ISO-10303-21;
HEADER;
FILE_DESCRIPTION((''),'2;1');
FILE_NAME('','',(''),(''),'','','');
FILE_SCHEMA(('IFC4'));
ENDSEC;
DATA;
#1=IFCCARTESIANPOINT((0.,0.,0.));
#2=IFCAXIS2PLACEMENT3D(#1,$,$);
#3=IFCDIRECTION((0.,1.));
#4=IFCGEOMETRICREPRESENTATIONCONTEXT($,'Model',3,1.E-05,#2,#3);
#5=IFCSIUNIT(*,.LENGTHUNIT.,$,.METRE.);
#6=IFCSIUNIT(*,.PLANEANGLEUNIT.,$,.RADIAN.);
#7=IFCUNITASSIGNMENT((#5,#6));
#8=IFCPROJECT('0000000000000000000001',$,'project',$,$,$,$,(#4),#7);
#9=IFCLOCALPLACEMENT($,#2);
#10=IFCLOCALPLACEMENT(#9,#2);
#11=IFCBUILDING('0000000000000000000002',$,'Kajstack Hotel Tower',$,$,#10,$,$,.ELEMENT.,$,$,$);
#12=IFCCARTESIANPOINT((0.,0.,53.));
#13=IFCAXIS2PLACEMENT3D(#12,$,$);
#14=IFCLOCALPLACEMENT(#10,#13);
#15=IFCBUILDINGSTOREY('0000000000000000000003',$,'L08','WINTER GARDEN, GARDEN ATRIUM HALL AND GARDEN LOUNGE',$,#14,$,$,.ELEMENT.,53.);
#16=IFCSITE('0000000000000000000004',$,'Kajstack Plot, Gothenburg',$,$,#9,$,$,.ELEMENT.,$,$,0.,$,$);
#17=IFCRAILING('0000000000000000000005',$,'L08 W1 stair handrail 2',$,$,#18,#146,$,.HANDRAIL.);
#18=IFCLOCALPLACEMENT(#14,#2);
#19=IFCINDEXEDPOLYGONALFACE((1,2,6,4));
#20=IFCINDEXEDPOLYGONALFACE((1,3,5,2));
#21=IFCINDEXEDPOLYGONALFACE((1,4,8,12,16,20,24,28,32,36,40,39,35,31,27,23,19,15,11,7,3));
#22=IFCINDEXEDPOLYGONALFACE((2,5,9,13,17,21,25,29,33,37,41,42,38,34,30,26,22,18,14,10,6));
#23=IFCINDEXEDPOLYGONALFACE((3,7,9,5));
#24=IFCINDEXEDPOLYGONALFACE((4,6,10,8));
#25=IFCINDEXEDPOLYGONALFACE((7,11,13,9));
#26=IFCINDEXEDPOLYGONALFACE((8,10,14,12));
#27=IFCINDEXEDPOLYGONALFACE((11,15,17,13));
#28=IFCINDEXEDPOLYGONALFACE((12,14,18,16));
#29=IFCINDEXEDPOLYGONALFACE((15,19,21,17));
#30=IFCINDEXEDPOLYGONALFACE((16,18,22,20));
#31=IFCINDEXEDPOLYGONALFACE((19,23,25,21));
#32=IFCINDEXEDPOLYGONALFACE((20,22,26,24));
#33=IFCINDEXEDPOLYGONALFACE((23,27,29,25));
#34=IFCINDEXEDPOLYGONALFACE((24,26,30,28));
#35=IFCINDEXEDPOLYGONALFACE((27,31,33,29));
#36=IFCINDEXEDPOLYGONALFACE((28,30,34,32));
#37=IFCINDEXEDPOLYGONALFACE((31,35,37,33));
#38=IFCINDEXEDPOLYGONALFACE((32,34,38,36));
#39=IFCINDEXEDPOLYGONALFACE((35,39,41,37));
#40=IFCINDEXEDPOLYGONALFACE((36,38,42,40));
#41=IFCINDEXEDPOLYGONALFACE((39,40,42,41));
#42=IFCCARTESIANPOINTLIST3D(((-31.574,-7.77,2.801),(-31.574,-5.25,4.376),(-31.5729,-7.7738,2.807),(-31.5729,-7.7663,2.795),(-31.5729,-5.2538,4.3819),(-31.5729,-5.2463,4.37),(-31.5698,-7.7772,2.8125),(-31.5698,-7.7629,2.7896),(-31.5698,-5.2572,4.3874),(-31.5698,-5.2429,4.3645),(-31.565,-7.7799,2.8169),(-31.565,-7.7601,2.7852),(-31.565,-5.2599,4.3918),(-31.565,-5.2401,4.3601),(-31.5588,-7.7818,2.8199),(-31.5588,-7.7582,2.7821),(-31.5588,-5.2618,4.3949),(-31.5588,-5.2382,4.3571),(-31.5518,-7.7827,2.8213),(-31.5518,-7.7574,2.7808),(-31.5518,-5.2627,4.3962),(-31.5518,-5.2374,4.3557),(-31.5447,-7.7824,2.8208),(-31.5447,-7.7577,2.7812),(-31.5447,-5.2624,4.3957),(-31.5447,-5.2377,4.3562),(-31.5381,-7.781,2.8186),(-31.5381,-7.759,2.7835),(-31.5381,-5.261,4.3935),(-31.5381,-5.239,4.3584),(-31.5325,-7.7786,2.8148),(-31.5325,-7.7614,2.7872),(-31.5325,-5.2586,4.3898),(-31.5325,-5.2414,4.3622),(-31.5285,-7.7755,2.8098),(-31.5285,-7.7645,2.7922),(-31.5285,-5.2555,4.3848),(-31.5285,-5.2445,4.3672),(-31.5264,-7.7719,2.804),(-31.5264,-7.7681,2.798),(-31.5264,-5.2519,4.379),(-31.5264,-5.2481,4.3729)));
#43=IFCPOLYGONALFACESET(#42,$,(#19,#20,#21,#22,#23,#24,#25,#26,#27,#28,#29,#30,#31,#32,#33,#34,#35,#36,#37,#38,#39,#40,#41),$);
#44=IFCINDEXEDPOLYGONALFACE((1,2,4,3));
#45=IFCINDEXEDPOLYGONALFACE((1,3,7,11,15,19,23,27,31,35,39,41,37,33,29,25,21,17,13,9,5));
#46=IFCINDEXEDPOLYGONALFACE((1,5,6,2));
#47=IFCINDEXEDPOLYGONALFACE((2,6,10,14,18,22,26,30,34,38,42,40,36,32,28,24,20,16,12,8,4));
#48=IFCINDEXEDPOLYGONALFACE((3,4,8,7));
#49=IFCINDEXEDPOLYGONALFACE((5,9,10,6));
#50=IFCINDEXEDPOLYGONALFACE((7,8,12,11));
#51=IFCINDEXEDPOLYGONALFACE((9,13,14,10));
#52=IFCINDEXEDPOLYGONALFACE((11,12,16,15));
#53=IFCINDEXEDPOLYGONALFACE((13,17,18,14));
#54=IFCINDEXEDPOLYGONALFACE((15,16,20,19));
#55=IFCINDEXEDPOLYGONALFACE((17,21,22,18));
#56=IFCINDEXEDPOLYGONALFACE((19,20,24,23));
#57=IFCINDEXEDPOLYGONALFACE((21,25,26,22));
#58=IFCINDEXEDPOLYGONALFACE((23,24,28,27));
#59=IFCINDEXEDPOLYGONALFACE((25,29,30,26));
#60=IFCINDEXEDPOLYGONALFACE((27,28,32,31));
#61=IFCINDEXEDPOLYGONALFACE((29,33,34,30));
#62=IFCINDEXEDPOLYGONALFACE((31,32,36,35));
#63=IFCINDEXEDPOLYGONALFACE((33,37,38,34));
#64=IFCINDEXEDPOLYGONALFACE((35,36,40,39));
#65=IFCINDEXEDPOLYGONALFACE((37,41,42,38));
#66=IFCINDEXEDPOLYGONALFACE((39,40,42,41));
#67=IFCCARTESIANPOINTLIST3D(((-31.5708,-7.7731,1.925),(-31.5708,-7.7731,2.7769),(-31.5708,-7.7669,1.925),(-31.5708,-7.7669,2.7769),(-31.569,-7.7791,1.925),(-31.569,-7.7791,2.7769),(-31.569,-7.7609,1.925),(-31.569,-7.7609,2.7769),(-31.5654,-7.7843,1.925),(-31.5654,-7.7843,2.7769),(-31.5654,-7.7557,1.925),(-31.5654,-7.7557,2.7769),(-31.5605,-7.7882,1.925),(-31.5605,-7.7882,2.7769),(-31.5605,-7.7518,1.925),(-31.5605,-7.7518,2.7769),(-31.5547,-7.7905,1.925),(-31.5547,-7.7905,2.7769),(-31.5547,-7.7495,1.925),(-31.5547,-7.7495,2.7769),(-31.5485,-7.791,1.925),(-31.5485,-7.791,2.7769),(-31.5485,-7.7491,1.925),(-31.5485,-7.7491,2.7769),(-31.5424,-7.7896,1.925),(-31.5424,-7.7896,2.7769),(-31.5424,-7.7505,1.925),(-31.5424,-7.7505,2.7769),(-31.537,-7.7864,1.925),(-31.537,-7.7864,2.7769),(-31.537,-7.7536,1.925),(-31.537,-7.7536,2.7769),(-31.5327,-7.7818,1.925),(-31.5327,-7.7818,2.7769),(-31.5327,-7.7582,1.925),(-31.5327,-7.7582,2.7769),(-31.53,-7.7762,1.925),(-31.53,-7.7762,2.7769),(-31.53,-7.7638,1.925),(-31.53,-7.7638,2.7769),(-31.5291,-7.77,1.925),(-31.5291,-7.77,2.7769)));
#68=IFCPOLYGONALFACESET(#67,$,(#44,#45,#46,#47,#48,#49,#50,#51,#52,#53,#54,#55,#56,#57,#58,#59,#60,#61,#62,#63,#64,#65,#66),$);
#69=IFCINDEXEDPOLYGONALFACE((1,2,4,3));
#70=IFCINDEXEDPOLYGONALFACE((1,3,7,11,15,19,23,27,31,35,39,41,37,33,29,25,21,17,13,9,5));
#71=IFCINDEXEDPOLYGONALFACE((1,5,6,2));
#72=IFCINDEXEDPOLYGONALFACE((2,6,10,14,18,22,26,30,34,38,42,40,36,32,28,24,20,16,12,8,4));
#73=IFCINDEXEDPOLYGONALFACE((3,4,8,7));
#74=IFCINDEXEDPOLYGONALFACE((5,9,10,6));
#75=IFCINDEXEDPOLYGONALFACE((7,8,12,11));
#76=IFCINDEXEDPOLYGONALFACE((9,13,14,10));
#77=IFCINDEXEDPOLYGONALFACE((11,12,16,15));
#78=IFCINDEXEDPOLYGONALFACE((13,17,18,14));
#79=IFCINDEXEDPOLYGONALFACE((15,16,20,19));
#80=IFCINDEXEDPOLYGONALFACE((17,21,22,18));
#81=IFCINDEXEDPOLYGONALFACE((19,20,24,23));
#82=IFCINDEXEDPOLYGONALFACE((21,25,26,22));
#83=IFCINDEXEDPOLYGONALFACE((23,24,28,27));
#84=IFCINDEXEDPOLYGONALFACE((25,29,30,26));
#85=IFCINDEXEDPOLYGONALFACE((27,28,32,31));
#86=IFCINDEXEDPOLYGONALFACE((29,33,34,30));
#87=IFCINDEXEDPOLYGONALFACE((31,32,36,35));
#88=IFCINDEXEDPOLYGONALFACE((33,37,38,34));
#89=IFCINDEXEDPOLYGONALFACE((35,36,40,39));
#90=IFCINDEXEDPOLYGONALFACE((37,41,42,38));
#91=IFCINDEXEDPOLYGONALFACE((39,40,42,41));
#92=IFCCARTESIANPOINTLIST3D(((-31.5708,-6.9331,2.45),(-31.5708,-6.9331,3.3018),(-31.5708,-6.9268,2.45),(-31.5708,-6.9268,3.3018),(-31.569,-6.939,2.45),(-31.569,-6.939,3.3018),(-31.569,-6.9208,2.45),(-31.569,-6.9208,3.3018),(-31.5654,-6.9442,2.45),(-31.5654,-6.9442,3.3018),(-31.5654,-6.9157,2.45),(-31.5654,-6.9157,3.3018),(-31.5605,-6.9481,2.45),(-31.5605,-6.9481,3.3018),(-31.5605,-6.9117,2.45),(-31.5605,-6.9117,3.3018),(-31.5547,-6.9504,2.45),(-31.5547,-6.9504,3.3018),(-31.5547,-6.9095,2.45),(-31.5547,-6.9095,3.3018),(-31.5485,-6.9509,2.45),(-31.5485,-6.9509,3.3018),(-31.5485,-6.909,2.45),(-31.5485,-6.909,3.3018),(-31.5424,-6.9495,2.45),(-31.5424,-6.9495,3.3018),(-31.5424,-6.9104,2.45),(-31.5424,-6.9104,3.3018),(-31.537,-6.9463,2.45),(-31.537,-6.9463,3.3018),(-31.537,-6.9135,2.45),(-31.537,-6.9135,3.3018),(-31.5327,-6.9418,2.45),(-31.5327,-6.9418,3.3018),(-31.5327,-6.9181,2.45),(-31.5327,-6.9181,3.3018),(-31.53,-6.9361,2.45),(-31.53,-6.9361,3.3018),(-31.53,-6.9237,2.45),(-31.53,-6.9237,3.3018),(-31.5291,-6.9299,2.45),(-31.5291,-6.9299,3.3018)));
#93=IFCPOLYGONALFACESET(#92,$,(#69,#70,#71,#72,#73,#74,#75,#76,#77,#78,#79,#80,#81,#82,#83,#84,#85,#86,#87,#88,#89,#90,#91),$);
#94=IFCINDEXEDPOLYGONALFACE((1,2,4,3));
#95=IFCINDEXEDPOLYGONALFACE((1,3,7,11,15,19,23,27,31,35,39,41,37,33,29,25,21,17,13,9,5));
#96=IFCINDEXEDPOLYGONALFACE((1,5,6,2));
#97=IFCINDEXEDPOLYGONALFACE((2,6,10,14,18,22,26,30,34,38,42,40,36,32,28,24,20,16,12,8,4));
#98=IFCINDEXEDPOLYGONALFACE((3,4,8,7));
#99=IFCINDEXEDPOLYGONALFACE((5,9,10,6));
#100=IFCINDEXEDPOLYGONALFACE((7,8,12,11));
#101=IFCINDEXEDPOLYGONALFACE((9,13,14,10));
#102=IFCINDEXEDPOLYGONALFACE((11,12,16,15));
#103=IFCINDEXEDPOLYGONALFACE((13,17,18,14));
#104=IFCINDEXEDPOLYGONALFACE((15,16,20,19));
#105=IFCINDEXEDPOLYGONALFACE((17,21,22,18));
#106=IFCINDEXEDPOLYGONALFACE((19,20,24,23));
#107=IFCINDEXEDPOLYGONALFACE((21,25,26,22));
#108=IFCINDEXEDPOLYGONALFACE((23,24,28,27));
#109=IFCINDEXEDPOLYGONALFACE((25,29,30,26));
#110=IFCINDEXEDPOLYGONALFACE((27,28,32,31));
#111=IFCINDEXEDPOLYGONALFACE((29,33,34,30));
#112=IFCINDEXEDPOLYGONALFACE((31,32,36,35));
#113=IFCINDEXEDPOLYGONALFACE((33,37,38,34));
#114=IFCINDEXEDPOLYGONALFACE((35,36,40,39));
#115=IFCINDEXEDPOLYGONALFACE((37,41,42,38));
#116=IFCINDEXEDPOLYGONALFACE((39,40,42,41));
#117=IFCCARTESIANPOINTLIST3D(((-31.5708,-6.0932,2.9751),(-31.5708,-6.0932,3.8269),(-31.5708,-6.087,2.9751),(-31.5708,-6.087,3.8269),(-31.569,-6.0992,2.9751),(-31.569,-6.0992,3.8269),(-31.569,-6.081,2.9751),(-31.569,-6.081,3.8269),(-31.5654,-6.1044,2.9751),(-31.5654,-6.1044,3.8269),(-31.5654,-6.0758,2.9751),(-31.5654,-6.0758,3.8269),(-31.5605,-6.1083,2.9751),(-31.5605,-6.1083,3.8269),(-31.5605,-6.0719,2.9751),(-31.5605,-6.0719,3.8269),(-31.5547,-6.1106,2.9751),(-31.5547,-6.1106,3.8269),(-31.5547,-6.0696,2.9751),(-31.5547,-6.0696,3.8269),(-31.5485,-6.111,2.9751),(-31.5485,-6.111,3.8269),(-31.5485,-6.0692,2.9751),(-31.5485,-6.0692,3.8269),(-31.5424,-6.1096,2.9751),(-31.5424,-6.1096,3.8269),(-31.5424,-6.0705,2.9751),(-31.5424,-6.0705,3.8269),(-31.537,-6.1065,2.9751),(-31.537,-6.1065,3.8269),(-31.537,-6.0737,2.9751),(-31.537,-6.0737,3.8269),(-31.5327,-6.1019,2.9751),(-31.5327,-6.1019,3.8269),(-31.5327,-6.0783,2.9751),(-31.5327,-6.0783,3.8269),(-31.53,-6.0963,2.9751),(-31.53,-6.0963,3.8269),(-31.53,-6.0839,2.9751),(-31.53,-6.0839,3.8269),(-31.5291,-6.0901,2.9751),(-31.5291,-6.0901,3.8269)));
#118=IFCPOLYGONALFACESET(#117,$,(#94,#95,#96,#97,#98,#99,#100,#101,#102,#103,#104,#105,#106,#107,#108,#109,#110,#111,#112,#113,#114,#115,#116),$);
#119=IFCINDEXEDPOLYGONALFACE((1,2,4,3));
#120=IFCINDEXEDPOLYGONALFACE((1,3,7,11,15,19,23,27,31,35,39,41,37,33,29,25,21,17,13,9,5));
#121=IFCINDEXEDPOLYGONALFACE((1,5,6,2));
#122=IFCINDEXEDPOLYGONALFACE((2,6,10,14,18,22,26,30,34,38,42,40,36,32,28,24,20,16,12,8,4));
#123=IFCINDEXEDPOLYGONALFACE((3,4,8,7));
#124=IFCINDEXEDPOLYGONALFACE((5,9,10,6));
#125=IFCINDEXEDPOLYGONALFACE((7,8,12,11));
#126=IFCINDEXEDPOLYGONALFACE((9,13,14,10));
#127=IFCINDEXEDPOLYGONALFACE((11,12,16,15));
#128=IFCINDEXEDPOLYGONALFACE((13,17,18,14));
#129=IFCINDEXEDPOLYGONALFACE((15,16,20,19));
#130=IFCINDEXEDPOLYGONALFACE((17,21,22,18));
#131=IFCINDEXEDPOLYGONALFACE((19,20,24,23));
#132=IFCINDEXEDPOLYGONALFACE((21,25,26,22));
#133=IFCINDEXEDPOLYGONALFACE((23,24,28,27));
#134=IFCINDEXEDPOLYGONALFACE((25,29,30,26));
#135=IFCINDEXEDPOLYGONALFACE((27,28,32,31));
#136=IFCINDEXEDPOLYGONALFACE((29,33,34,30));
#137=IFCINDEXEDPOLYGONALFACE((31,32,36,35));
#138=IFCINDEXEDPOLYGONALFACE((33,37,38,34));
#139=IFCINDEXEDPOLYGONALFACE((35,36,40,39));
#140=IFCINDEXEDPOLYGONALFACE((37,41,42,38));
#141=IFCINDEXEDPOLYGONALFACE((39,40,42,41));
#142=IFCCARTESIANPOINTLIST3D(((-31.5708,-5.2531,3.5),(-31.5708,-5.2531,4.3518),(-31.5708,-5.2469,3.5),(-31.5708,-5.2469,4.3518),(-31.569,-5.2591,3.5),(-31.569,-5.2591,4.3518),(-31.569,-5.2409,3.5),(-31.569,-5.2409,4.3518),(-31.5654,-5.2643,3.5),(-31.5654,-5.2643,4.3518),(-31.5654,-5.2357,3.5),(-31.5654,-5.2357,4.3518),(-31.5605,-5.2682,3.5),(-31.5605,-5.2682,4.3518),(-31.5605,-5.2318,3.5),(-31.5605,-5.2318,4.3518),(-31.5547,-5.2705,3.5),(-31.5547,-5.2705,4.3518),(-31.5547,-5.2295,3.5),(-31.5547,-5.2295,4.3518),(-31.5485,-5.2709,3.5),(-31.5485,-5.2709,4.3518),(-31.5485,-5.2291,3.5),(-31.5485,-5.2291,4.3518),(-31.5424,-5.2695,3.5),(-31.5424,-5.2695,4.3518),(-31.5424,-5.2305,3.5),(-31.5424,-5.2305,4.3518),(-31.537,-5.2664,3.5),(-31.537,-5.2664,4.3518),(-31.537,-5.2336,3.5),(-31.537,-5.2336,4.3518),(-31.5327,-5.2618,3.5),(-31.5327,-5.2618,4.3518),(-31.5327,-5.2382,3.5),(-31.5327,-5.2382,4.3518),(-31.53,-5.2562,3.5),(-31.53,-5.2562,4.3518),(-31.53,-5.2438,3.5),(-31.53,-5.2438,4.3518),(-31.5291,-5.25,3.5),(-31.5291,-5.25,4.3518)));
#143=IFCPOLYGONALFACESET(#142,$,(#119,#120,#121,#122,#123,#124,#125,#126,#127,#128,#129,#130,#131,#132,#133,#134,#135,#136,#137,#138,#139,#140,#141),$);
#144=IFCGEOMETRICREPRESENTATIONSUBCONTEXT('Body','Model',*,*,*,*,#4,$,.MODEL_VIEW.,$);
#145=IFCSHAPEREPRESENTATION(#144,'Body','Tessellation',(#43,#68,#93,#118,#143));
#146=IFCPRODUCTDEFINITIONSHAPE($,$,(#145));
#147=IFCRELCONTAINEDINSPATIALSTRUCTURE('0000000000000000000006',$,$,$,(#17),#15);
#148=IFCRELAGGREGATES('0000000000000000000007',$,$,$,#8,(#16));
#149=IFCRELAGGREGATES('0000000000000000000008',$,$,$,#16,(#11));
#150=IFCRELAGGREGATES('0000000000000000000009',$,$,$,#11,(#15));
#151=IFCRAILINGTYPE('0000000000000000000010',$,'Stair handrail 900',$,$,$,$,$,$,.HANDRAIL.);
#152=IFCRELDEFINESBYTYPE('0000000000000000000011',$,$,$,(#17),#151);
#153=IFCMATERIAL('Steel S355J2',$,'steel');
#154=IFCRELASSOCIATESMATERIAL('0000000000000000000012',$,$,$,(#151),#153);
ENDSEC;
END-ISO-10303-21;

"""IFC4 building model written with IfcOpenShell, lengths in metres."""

from ifc_helpers import new_model, si_unit, direction, frame, origin, origin_2d, place, context, subcontext, project, spatial, circle, extrude, material, type_object, element, save


model = new_model("IFC4")

# Units and contexts
model_context = context("Model", 3, precision=1e-05, world=origin(), true_north=direction((0.0, 1.0)))
body_context = subcontext(model_context, "Body", "Model", "MODEL_VIEW")
ifc_project = project(units=[si_unit("LENGTHUNIT", "METRE"), si_unit("PLANEANGLEUNIT", "RADIAN")], contexts=[model_context])

# Site, building, storey
site_placement = place(None, origin())
site = spatial("IfcSite", under=ifc_project, at=site_placement, Name="Kajstack Plot, Gothenburg", CompositionType="ELEMENT", RefElevation=0.0)
building_placement = place(site_placement, origin())
building = spatial("IfcBuilding", under=site, at=building_placement, Name="Kajstack Hotel Tower", CompositionType="ELEMENT")
storey_placement = place(building_placement, frame((0.0, 0.0, 53.0)))
storey = spatial("IfcBuildingStorey", under=building, at=storey_placement, Name="L08", Description="WINTER GARDEN, GARDEN ATRIUM HALL AND GARDEN LOUNGE", CompositionType="ELEMENT", Elevation=53.0)

# Railing
ifc_material_1 = material(Name="Steel S355J2", Category="steel")
railing_type_1 = type_object("IfcRailingType", Name="Stair handrail 900", PredefinedType="HANDRAIL", material=ifc_material_1)
for number, where, name in (
    (1, (-31.55, -7.77, 1.925), "L08 W1 stair handrail 2"),
):
    element("IfcRailing", number, at=place(storey_placement, frame(where)), inside=storey, type_object=railing_type_1, Name=name, PredefinedType="HANDRAIL", context=body_context, shape_type="SweptSolid", body=[
        extrude(circle(Radius=0.0239, at=origin_2d()), frame((0.0, 0.0, 0.876), z_axis=(0.0, 0.848008, 0.529984), x_axis=(-1.0, 0.0, 0.0)), (0.0, 0.0, 1.0), 2.9717),
        extrude(circle(Radius=0.021, at=origin_2d()), origin(), (0.0, 0.0, 1.0), 0.8518),
        extrude(circle(Radius=0.021, at=origin_2d()), frame((0.0, 0.8401, 0.5249)), (0.0, 0.0, 1.0), 0.8518),
        extrude(circle(Radius=0.021, at=origin_2d()), frame((0.0, 1.6799, 1.05)), (0.0, 0.0, 1.0), 0.8518),
        extrude(circle(Radius=0.021, at=origin_2d()), frame((0.0, 2.52, 1.575)), (0.0, 0.0, 1.0), 0.8518),
    ])

save(model, "model.ifc")
